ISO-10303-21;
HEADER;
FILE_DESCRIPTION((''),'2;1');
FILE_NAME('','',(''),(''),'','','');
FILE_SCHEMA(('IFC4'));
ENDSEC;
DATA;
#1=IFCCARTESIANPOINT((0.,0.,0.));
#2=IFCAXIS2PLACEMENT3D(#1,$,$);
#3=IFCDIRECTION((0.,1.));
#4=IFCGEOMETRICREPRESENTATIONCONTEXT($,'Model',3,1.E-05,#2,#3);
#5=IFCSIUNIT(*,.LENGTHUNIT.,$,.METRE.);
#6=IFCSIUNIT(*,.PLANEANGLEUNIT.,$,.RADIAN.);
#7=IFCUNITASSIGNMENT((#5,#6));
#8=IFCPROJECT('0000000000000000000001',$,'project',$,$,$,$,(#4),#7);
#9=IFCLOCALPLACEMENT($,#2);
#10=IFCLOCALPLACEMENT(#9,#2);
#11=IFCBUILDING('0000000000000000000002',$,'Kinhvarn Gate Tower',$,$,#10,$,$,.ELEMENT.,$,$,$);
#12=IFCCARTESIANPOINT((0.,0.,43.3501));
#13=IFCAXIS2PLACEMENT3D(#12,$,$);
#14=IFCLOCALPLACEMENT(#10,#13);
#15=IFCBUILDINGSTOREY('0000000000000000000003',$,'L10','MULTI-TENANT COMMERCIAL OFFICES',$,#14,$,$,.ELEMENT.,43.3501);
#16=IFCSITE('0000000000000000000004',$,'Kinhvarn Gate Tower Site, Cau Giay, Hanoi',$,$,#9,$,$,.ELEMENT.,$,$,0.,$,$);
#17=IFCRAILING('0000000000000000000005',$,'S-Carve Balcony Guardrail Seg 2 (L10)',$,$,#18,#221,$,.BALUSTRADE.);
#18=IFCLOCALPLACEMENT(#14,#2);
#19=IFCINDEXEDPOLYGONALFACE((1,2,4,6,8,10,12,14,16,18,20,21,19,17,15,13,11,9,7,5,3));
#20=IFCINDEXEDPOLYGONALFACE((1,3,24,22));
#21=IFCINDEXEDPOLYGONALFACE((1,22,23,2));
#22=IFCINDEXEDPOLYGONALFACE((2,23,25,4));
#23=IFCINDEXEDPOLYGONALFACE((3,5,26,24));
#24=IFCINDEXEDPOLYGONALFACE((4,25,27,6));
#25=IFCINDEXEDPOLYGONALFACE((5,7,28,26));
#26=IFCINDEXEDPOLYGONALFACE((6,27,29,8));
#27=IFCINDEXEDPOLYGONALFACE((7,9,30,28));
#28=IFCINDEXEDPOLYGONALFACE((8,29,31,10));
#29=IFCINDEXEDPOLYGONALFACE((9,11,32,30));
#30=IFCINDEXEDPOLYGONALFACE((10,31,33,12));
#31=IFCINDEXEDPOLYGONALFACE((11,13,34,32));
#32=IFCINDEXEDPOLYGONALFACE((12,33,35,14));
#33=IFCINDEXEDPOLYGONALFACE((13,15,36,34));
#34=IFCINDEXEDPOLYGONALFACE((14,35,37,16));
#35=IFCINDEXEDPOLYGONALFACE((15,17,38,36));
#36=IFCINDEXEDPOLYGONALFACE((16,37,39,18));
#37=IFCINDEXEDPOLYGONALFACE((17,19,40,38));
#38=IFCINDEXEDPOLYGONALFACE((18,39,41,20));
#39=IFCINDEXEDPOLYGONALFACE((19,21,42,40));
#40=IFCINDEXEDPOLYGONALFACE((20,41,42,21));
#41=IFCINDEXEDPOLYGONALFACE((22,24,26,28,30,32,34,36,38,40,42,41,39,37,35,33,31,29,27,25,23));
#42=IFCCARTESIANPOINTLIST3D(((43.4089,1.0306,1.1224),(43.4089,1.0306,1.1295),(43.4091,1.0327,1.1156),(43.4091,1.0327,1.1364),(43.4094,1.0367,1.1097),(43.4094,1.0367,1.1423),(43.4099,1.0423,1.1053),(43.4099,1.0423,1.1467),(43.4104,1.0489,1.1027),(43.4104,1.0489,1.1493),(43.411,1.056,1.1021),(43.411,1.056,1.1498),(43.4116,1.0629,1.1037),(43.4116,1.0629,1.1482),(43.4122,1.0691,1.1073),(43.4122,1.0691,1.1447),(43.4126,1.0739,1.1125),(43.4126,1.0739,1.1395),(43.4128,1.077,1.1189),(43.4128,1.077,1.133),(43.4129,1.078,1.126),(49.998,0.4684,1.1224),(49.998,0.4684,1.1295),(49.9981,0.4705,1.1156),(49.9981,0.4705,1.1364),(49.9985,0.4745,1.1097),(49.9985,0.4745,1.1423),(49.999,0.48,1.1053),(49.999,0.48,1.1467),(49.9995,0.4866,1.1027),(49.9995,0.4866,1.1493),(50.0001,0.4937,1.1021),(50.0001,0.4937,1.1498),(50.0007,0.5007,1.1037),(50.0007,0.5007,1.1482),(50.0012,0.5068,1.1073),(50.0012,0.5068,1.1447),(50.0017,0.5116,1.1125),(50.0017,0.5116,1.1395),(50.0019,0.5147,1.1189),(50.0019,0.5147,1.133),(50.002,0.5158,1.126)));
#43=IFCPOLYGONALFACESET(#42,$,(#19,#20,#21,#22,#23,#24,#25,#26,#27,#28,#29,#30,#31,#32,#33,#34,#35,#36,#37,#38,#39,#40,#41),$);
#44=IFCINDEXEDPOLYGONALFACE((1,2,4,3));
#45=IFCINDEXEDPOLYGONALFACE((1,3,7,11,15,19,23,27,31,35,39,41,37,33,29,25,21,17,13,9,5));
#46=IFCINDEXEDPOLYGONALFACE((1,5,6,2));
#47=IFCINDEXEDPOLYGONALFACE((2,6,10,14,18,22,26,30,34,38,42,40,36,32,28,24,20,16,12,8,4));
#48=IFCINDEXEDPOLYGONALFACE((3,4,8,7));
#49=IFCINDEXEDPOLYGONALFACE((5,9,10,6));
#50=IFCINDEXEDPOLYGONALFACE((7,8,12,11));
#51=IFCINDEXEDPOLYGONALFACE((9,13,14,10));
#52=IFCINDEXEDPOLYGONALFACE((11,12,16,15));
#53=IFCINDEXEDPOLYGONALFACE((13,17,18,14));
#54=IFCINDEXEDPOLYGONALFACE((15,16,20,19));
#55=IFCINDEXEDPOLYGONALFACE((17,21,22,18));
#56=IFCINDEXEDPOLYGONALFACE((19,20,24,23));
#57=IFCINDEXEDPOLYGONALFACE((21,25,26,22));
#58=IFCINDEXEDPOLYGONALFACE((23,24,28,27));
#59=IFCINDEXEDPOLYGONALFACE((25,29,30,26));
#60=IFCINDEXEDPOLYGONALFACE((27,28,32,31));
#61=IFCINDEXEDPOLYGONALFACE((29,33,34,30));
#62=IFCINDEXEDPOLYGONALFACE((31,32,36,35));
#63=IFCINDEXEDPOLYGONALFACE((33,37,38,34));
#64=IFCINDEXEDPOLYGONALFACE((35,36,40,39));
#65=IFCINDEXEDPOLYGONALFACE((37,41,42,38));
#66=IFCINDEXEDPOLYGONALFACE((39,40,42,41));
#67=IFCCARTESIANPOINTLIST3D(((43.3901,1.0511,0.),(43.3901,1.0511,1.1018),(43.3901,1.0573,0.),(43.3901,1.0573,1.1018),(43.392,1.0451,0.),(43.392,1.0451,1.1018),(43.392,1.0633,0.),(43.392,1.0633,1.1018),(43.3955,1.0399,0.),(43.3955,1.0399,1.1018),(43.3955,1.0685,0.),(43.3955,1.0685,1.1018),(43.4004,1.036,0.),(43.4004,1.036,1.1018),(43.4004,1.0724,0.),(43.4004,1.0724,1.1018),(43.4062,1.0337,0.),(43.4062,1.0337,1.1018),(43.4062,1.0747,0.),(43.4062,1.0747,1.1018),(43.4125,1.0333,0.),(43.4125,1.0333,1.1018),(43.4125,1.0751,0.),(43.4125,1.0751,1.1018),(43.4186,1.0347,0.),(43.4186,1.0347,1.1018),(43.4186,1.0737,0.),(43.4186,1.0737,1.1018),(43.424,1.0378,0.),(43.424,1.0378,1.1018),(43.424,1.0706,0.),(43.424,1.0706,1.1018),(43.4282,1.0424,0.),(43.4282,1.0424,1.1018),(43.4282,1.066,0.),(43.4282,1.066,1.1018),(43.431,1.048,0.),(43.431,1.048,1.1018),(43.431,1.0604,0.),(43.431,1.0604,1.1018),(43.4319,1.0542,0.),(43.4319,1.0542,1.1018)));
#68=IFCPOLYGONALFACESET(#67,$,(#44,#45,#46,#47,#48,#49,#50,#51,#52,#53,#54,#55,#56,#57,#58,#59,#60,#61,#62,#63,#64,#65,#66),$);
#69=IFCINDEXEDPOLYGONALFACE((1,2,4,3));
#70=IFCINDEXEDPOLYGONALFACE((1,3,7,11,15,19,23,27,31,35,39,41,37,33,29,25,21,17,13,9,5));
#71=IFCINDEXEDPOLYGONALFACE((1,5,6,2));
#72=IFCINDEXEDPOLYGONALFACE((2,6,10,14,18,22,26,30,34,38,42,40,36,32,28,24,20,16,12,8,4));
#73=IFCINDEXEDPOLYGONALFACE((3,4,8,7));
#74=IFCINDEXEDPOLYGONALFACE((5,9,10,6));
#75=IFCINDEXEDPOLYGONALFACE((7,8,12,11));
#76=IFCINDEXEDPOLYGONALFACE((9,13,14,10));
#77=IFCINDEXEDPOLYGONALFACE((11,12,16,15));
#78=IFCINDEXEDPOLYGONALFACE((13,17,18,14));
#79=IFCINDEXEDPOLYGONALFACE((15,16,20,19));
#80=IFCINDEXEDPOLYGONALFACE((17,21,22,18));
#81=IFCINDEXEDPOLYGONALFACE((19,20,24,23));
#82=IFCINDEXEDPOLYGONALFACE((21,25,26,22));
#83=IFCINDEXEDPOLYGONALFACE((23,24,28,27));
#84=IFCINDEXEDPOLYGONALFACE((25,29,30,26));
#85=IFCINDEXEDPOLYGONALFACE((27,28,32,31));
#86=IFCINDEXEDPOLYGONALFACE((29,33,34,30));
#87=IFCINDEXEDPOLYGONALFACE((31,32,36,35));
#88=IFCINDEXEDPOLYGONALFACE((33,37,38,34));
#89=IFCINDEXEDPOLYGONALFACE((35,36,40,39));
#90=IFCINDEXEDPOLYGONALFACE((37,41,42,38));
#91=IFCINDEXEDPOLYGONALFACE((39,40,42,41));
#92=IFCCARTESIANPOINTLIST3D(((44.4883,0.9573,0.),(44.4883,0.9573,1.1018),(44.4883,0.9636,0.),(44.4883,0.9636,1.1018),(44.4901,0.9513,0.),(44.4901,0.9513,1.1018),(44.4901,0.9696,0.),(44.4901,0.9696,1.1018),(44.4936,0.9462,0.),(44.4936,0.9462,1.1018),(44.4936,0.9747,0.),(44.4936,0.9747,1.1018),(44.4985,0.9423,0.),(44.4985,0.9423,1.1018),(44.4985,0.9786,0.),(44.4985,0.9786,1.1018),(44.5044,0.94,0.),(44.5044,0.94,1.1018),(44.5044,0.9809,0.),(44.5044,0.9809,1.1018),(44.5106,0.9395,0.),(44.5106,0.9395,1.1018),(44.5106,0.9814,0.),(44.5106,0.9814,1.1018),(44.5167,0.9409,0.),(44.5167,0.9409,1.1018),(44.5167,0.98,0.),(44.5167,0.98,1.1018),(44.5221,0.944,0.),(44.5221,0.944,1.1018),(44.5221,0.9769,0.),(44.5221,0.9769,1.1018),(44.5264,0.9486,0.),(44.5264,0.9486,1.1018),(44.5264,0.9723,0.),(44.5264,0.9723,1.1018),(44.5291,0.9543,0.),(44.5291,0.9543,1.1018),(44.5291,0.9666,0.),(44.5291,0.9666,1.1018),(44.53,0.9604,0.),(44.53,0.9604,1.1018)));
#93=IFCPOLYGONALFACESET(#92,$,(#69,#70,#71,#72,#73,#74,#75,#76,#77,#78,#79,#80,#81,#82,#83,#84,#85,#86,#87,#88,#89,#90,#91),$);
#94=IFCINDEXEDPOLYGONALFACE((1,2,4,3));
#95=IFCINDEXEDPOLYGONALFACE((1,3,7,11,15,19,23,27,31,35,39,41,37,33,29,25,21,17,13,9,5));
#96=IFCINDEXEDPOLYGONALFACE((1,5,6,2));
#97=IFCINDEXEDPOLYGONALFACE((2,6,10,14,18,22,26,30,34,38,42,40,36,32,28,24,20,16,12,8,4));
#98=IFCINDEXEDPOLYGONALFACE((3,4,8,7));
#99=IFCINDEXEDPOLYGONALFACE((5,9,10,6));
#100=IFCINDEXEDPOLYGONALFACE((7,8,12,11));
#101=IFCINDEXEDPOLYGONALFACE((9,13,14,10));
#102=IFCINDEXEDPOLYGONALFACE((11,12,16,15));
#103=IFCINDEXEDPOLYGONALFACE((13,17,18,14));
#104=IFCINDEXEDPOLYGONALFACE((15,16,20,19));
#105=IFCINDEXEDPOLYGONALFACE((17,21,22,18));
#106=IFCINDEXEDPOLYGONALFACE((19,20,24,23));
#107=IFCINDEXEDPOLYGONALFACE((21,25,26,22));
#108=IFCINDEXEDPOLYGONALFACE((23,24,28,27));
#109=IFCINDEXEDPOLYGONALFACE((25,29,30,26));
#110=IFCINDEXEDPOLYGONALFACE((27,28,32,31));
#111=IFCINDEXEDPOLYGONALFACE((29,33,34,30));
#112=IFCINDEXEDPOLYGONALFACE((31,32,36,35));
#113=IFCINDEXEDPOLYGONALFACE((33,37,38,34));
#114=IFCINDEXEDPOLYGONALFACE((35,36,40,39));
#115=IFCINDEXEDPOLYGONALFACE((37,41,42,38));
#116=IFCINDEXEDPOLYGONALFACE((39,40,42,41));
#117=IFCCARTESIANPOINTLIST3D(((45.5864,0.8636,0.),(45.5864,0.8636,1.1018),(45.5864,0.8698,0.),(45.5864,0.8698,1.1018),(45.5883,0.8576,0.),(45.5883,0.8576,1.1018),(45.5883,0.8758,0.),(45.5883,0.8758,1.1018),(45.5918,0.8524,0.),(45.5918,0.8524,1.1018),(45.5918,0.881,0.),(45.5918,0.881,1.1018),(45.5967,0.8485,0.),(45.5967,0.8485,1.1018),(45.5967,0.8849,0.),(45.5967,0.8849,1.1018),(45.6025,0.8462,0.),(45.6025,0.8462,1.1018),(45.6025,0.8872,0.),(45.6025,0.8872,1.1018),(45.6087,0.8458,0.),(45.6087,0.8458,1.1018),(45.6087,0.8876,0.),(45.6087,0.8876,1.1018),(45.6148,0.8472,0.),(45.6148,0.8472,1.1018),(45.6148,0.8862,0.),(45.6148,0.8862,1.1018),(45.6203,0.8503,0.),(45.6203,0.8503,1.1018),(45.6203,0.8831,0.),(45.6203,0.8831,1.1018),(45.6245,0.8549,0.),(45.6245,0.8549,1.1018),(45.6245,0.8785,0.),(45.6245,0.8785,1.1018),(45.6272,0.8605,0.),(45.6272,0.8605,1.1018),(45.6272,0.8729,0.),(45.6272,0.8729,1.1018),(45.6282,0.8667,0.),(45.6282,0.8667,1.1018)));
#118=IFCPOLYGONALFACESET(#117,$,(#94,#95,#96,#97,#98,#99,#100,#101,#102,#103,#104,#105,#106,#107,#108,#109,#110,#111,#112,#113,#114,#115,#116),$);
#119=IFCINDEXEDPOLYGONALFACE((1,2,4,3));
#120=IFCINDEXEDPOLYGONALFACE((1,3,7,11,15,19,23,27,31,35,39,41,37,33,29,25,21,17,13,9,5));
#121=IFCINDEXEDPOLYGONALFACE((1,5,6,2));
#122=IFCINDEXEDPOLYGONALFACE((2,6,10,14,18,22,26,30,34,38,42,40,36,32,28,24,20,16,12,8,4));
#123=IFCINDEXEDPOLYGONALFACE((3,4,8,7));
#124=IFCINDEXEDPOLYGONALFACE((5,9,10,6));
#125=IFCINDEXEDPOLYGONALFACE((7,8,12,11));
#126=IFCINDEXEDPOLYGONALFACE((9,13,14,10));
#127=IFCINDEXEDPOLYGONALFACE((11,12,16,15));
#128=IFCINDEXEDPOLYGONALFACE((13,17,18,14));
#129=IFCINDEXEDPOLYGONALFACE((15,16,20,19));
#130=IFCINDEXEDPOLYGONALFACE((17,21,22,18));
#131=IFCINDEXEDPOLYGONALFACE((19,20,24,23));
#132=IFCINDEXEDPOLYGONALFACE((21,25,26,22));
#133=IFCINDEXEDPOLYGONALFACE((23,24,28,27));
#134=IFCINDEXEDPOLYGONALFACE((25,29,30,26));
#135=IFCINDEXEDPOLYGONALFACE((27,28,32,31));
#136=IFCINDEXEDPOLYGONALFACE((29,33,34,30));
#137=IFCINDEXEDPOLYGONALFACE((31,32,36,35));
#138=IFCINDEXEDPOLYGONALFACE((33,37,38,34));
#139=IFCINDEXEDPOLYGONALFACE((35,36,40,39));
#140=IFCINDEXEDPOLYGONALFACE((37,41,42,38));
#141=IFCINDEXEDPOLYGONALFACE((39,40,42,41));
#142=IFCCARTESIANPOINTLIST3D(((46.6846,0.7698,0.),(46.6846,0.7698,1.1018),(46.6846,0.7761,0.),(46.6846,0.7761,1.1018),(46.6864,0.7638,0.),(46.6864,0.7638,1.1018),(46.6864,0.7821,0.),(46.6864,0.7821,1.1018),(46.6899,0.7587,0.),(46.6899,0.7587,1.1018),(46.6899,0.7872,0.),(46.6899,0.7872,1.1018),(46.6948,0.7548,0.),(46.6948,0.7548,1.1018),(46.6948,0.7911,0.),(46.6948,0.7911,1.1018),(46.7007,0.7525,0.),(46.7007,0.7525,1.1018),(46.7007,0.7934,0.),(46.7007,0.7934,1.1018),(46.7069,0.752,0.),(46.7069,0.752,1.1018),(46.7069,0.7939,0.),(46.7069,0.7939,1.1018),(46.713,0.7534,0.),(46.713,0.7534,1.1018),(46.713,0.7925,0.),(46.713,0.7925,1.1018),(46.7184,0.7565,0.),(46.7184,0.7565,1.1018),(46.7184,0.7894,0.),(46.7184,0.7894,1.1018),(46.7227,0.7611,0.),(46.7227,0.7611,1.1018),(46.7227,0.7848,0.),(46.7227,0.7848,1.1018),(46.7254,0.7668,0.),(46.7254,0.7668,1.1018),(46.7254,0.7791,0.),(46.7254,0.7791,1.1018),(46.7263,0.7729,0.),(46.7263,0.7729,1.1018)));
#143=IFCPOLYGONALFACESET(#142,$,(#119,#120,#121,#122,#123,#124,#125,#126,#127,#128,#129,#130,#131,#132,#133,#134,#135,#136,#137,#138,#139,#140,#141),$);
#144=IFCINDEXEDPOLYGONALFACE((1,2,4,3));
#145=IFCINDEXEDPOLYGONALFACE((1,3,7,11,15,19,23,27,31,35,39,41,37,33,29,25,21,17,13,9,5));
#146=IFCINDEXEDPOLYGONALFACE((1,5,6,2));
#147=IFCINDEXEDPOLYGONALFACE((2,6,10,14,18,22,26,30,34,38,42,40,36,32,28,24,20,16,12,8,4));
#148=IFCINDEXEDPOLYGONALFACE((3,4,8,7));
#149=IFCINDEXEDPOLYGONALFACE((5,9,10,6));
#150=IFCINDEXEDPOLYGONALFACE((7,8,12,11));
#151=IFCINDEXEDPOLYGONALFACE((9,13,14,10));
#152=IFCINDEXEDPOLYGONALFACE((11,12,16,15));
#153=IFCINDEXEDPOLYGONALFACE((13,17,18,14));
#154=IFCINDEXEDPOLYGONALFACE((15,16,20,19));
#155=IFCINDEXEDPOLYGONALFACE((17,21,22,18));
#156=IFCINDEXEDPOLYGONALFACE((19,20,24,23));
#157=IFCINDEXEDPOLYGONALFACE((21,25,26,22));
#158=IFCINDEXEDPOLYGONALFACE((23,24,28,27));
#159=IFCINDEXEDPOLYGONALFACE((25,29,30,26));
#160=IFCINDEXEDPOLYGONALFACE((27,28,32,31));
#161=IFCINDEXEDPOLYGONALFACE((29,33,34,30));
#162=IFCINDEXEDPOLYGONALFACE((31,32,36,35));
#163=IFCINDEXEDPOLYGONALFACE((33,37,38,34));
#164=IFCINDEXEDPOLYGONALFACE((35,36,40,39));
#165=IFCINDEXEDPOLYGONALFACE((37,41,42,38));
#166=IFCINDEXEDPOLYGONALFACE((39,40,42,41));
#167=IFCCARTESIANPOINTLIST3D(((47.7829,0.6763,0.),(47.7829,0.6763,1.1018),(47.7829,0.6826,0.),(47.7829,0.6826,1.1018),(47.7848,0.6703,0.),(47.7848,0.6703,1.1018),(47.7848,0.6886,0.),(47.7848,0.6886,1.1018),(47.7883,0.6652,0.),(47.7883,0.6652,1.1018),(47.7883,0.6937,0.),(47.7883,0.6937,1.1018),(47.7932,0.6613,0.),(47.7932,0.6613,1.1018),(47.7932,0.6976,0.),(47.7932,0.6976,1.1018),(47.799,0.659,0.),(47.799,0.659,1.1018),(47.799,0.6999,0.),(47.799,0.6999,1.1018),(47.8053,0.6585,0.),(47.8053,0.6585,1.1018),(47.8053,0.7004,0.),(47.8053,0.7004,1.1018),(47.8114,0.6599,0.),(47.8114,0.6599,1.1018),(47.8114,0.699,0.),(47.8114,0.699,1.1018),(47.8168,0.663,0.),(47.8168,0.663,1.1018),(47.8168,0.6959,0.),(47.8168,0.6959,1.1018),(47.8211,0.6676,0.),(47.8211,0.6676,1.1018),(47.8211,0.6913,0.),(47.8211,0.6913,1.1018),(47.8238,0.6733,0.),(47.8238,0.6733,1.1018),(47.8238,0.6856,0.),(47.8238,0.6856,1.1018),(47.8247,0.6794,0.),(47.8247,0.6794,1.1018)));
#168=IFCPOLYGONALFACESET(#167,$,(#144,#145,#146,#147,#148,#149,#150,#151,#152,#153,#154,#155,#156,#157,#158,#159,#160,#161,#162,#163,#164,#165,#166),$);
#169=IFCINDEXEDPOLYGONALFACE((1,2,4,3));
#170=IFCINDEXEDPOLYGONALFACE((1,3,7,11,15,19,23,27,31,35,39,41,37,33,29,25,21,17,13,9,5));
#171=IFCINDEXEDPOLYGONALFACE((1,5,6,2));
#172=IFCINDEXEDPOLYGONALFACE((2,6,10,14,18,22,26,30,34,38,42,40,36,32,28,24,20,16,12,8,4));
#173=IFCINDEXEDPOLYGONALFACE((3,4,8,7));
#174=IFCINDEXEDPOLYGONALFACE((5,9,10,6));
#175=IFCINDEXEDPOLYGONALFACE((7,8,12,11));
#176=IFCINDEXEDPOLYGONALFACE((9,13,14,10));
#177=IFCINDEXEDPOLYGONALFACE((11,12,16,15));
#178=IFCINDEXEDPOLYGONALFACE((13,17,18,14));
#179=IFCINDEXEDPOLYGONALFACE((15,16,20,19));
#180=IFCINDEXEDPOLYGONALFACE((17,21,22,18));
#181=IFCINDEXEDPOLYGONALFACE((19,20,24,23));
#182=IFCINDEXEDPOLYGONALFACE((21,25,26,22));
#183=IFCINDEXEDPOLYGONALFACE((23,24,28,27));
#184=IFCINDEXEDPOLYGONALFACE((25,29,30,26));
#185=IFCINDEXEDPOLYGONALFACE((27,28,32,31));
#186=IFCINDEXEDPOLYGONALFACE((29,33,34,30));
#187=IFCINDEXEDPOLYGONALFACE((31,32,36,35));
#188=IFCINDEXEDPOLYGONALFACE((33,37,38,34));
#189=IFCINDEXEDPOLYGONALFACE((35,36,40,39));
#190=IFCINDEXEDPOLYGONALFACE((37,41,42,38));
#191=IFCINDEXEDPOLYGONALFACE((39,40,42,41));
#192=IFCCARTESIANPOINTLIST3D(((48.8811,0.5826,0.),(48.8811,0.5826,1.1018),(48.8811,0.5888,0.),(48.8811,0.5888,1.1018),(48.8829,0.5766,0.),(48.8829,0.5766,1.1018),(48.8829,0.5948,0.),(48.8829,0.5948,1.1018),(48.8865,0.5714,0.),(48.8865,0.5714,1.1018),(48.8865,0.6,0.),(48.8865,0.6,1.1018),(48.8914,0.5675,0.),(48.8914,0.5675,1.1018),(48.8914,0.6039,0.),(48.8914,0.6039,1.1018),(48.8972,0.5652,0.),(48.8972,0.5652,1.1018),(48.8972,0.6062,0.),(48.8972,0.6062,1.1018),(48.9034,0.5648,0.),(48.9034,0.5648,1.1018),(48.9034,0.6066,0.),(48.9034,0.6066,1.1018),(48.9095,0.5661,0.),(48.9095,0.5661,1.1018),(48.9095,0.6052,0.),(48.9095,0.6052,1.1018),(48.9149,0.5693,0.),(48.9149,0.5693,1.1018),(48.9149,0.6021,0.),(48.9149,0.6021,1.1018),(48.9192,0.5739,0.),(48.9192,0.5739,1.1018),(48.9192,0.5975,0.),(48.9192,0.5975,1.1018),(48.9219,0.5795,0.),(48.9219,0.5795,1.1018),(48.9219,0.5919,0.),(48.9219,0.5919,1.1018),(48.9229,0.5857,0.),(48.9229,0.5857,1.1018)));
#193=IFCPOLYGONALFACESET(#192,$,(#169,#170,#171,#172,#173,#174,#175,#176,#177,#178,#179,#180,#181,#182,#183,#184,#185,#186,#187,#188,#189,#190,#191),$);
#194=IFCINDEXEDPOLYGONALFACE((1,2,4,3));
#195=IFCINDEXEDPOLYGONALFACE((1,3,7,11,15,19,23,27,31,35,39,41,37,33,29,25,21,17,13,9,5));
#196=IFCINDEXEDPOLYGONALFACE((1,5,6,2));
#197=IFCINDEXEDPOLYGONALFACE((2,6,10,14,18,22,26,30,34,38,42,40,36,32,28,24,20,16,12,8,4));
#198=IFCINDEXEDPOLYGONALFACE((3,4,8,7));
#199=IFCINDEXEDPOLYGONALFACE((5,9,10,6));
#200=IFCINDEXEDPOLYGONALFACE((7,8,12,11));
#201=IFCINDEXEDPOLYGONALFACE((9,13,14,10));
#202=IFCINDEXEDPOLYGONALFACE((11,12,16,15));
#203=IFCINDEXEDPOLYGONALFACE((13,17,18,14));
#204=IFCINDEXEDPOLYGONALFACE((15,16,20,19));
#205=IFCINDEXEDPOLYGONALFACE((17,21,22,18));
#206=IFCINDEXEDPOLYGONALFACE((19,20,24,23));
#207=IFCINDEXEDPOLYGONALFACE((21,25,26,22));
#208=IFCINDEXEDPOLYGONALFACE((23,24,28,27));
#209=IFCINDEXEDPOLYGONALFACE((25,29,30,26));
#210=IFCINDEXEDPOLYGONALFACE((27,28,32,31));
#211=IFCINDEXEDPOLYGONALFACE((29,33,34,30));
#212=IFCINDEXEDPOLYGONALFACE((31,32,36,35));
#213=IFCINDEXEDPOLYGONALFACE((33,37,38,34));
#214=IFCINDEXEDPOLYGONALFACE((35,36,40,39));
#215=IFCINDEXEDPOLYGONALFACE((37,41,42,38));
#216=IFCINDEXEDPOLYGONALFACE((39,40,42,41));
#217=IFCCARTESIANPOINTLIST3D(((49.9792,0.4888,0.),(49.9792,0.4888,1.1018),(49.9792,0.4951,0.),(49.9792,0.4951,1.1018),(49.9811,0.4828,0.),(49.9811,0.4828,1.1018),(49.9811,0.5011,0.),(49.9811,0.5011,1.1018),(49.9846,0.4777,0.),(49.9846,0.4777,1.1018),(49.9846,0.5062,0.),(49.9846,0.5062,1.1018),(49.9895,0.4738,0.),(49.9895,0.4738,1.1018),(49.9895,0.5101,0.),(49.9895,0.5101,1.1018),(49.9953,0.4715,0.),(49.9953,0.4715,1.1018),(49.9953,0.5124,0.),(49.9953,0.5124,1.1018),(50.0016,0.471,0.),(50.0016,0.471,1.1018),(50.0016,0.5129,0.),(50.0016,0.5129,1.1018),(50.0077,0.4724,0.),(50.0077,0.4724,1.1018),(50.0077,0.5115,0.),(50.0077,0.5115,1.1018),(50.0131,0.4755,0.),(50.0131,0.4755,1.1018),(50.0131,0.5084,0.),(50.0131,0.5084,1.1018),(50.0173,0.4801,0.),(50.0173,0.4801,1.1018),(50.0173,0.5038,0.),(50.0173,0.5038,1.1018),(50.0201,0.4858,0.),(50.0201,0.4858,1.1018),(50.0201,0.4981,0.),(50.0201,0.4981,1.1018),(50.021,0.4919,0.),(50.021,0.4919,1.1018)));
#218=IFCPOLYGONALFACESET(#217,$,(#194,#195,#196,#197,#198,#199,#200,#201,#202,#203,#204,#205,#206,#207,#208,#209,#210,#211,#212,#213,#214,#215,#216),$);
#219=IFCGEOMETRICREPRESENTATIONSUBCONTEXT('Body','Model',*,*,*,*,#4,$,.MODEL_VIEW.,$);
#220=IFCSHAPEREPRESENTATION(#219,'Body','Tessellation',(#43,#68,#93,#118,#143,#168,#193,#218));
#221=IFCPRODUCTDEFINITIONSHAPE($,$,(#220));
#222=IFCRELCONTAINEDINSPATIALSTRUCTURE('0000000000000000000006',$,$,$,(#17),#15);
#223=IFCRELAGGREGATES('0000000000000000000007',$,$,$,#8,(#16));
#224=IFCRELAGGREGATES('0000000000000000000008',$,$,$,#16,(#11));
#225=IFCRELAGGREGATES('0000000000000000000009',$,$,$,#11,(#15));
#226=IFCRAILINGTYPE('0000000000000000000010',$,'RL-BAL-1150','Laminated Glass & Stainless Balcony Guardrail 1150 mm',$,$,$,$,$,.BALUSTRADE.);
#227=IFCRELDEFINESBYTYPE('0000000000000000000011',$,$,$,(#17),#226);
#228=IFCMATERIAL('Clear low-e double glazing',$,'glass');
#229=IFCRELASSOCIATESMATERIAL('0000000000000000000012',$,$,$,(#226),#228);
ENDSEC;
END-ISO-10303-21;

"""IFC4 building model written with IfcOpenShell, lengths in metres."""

from ifc_helpers import new_model, si_unit, direction, frame, origin, origin_2d, place, context, subcontext, project, spatial, circle, extrude, material, type_object, element, save


model = new_model("IFC4")

# Units and contexts
model_context = context("Model", 3, precision=1e-05, world=origin(), true_north=direction((0.0, 1.0)))
body_context = subcontext(model_context, "Body", "Model", "MODEL_VIEW")
ifc_project = project(units=[si_unit("LENGTHUNIT", "METRE"), si_unit("PLANEANGLEUNIT", "RADIAN")], contexts=[model_context])

# Site, building, storey
site_placement = place(None, origin())
site = spatial("IfcSite", under=ifc_project, at=site_placement, Name="Kinhvarn Gate Tower Site, Cau Giay, Hanoi", CompositionType="ELEMENT", RefElevation=0.0)
building_placement = place(site_placement, origin())
building = spatial("IfcBuilding", under=site, at=building_placement, Name="Kinhvarn Gate Tower", CompositionType="ELEMENT")
storey_placement = place(building_placement, frame((0.0, 0.0, 43.3501)))
storey = spatial("IfcBuildingStorey", under=building, at=storey_placement, Name="L10", Description="MULTI-TENANT COMMERCIAL OFFICES", CompositionType="ELEMENT", Elevation=43.3501)

# Shared definitions
ifc_material_1 = material(Name="Clear low-e double glazing", Category="glass")

# Railing
railing_type = type_object("IfcRailingType", Name="RL-BAL-1150", Description="Laminated Glass & Stainless Balcony Guardrail 1150 mm", PredefinedType="BALUSTRADE", material=ifc_material_1)
railing_1_placement = place(storey_placement, frame((43.4109, 1.0542, 0.0)))
element("IfcRailing", 1, at=railing_1_placement, inside=storey, type_object=railing_type, Name="S-Carve Balcony Guardrail Seg 2 (L10)", PredefinedType="BALUSTRADE", context=body_context, shape_type="SweptSolid", body=[
    extrude(circle(Radius=0.0239, at=origin_2d()), frame((0.0, 0.0, 1.126), z_axis=(0.996379, -0.085022, 0.0), x_axis=(0.085022, 0.996379, 0.0)), (0.0, 0.0, 1.0), 6.613),
    extrude(circle(Radius=0.021, at=origin_2d()), origin(), (0.0, 0.0, 1.0), 1.1018),
    extrude(circle(Radius=0.021, at=origin_2d()), frame((1.0981, -0.0938, 0.0)), (0.0, 0.0, 1.0), 1.1018),
    extrude(circle(Radius=0.021, at=origin_2d()), frame((2.1963, -0.1875, 0.0)), (0.0, 0.0, 1.0), 1.1018),
    extrude(circle(Radius=0.021, at=origin_2d()), frame((3.2944, -0.2812, 0.0)), (0.0, 0.0, 1.0), 1.1018),
    extrude(circle(Radius=0.021, at=origin_2d()), frame((4.3928, -0.3748, 0.0)), (0.0, 0.0, 1.0), 1.1018),
    extrude(circle(Radius=0.021, at=origin_2d()), frame((5.491, -0.4685, 0.0)), (0.0, 0.0, 1.0), 1.1018),
    extrude(circle(Radius=0.021, at=origin_2d()), frame((6.5891, -0.5623, 0.0)), (0.0, 0.0, 1.0), 1.1018),
])

save(model, "model.ifc")
